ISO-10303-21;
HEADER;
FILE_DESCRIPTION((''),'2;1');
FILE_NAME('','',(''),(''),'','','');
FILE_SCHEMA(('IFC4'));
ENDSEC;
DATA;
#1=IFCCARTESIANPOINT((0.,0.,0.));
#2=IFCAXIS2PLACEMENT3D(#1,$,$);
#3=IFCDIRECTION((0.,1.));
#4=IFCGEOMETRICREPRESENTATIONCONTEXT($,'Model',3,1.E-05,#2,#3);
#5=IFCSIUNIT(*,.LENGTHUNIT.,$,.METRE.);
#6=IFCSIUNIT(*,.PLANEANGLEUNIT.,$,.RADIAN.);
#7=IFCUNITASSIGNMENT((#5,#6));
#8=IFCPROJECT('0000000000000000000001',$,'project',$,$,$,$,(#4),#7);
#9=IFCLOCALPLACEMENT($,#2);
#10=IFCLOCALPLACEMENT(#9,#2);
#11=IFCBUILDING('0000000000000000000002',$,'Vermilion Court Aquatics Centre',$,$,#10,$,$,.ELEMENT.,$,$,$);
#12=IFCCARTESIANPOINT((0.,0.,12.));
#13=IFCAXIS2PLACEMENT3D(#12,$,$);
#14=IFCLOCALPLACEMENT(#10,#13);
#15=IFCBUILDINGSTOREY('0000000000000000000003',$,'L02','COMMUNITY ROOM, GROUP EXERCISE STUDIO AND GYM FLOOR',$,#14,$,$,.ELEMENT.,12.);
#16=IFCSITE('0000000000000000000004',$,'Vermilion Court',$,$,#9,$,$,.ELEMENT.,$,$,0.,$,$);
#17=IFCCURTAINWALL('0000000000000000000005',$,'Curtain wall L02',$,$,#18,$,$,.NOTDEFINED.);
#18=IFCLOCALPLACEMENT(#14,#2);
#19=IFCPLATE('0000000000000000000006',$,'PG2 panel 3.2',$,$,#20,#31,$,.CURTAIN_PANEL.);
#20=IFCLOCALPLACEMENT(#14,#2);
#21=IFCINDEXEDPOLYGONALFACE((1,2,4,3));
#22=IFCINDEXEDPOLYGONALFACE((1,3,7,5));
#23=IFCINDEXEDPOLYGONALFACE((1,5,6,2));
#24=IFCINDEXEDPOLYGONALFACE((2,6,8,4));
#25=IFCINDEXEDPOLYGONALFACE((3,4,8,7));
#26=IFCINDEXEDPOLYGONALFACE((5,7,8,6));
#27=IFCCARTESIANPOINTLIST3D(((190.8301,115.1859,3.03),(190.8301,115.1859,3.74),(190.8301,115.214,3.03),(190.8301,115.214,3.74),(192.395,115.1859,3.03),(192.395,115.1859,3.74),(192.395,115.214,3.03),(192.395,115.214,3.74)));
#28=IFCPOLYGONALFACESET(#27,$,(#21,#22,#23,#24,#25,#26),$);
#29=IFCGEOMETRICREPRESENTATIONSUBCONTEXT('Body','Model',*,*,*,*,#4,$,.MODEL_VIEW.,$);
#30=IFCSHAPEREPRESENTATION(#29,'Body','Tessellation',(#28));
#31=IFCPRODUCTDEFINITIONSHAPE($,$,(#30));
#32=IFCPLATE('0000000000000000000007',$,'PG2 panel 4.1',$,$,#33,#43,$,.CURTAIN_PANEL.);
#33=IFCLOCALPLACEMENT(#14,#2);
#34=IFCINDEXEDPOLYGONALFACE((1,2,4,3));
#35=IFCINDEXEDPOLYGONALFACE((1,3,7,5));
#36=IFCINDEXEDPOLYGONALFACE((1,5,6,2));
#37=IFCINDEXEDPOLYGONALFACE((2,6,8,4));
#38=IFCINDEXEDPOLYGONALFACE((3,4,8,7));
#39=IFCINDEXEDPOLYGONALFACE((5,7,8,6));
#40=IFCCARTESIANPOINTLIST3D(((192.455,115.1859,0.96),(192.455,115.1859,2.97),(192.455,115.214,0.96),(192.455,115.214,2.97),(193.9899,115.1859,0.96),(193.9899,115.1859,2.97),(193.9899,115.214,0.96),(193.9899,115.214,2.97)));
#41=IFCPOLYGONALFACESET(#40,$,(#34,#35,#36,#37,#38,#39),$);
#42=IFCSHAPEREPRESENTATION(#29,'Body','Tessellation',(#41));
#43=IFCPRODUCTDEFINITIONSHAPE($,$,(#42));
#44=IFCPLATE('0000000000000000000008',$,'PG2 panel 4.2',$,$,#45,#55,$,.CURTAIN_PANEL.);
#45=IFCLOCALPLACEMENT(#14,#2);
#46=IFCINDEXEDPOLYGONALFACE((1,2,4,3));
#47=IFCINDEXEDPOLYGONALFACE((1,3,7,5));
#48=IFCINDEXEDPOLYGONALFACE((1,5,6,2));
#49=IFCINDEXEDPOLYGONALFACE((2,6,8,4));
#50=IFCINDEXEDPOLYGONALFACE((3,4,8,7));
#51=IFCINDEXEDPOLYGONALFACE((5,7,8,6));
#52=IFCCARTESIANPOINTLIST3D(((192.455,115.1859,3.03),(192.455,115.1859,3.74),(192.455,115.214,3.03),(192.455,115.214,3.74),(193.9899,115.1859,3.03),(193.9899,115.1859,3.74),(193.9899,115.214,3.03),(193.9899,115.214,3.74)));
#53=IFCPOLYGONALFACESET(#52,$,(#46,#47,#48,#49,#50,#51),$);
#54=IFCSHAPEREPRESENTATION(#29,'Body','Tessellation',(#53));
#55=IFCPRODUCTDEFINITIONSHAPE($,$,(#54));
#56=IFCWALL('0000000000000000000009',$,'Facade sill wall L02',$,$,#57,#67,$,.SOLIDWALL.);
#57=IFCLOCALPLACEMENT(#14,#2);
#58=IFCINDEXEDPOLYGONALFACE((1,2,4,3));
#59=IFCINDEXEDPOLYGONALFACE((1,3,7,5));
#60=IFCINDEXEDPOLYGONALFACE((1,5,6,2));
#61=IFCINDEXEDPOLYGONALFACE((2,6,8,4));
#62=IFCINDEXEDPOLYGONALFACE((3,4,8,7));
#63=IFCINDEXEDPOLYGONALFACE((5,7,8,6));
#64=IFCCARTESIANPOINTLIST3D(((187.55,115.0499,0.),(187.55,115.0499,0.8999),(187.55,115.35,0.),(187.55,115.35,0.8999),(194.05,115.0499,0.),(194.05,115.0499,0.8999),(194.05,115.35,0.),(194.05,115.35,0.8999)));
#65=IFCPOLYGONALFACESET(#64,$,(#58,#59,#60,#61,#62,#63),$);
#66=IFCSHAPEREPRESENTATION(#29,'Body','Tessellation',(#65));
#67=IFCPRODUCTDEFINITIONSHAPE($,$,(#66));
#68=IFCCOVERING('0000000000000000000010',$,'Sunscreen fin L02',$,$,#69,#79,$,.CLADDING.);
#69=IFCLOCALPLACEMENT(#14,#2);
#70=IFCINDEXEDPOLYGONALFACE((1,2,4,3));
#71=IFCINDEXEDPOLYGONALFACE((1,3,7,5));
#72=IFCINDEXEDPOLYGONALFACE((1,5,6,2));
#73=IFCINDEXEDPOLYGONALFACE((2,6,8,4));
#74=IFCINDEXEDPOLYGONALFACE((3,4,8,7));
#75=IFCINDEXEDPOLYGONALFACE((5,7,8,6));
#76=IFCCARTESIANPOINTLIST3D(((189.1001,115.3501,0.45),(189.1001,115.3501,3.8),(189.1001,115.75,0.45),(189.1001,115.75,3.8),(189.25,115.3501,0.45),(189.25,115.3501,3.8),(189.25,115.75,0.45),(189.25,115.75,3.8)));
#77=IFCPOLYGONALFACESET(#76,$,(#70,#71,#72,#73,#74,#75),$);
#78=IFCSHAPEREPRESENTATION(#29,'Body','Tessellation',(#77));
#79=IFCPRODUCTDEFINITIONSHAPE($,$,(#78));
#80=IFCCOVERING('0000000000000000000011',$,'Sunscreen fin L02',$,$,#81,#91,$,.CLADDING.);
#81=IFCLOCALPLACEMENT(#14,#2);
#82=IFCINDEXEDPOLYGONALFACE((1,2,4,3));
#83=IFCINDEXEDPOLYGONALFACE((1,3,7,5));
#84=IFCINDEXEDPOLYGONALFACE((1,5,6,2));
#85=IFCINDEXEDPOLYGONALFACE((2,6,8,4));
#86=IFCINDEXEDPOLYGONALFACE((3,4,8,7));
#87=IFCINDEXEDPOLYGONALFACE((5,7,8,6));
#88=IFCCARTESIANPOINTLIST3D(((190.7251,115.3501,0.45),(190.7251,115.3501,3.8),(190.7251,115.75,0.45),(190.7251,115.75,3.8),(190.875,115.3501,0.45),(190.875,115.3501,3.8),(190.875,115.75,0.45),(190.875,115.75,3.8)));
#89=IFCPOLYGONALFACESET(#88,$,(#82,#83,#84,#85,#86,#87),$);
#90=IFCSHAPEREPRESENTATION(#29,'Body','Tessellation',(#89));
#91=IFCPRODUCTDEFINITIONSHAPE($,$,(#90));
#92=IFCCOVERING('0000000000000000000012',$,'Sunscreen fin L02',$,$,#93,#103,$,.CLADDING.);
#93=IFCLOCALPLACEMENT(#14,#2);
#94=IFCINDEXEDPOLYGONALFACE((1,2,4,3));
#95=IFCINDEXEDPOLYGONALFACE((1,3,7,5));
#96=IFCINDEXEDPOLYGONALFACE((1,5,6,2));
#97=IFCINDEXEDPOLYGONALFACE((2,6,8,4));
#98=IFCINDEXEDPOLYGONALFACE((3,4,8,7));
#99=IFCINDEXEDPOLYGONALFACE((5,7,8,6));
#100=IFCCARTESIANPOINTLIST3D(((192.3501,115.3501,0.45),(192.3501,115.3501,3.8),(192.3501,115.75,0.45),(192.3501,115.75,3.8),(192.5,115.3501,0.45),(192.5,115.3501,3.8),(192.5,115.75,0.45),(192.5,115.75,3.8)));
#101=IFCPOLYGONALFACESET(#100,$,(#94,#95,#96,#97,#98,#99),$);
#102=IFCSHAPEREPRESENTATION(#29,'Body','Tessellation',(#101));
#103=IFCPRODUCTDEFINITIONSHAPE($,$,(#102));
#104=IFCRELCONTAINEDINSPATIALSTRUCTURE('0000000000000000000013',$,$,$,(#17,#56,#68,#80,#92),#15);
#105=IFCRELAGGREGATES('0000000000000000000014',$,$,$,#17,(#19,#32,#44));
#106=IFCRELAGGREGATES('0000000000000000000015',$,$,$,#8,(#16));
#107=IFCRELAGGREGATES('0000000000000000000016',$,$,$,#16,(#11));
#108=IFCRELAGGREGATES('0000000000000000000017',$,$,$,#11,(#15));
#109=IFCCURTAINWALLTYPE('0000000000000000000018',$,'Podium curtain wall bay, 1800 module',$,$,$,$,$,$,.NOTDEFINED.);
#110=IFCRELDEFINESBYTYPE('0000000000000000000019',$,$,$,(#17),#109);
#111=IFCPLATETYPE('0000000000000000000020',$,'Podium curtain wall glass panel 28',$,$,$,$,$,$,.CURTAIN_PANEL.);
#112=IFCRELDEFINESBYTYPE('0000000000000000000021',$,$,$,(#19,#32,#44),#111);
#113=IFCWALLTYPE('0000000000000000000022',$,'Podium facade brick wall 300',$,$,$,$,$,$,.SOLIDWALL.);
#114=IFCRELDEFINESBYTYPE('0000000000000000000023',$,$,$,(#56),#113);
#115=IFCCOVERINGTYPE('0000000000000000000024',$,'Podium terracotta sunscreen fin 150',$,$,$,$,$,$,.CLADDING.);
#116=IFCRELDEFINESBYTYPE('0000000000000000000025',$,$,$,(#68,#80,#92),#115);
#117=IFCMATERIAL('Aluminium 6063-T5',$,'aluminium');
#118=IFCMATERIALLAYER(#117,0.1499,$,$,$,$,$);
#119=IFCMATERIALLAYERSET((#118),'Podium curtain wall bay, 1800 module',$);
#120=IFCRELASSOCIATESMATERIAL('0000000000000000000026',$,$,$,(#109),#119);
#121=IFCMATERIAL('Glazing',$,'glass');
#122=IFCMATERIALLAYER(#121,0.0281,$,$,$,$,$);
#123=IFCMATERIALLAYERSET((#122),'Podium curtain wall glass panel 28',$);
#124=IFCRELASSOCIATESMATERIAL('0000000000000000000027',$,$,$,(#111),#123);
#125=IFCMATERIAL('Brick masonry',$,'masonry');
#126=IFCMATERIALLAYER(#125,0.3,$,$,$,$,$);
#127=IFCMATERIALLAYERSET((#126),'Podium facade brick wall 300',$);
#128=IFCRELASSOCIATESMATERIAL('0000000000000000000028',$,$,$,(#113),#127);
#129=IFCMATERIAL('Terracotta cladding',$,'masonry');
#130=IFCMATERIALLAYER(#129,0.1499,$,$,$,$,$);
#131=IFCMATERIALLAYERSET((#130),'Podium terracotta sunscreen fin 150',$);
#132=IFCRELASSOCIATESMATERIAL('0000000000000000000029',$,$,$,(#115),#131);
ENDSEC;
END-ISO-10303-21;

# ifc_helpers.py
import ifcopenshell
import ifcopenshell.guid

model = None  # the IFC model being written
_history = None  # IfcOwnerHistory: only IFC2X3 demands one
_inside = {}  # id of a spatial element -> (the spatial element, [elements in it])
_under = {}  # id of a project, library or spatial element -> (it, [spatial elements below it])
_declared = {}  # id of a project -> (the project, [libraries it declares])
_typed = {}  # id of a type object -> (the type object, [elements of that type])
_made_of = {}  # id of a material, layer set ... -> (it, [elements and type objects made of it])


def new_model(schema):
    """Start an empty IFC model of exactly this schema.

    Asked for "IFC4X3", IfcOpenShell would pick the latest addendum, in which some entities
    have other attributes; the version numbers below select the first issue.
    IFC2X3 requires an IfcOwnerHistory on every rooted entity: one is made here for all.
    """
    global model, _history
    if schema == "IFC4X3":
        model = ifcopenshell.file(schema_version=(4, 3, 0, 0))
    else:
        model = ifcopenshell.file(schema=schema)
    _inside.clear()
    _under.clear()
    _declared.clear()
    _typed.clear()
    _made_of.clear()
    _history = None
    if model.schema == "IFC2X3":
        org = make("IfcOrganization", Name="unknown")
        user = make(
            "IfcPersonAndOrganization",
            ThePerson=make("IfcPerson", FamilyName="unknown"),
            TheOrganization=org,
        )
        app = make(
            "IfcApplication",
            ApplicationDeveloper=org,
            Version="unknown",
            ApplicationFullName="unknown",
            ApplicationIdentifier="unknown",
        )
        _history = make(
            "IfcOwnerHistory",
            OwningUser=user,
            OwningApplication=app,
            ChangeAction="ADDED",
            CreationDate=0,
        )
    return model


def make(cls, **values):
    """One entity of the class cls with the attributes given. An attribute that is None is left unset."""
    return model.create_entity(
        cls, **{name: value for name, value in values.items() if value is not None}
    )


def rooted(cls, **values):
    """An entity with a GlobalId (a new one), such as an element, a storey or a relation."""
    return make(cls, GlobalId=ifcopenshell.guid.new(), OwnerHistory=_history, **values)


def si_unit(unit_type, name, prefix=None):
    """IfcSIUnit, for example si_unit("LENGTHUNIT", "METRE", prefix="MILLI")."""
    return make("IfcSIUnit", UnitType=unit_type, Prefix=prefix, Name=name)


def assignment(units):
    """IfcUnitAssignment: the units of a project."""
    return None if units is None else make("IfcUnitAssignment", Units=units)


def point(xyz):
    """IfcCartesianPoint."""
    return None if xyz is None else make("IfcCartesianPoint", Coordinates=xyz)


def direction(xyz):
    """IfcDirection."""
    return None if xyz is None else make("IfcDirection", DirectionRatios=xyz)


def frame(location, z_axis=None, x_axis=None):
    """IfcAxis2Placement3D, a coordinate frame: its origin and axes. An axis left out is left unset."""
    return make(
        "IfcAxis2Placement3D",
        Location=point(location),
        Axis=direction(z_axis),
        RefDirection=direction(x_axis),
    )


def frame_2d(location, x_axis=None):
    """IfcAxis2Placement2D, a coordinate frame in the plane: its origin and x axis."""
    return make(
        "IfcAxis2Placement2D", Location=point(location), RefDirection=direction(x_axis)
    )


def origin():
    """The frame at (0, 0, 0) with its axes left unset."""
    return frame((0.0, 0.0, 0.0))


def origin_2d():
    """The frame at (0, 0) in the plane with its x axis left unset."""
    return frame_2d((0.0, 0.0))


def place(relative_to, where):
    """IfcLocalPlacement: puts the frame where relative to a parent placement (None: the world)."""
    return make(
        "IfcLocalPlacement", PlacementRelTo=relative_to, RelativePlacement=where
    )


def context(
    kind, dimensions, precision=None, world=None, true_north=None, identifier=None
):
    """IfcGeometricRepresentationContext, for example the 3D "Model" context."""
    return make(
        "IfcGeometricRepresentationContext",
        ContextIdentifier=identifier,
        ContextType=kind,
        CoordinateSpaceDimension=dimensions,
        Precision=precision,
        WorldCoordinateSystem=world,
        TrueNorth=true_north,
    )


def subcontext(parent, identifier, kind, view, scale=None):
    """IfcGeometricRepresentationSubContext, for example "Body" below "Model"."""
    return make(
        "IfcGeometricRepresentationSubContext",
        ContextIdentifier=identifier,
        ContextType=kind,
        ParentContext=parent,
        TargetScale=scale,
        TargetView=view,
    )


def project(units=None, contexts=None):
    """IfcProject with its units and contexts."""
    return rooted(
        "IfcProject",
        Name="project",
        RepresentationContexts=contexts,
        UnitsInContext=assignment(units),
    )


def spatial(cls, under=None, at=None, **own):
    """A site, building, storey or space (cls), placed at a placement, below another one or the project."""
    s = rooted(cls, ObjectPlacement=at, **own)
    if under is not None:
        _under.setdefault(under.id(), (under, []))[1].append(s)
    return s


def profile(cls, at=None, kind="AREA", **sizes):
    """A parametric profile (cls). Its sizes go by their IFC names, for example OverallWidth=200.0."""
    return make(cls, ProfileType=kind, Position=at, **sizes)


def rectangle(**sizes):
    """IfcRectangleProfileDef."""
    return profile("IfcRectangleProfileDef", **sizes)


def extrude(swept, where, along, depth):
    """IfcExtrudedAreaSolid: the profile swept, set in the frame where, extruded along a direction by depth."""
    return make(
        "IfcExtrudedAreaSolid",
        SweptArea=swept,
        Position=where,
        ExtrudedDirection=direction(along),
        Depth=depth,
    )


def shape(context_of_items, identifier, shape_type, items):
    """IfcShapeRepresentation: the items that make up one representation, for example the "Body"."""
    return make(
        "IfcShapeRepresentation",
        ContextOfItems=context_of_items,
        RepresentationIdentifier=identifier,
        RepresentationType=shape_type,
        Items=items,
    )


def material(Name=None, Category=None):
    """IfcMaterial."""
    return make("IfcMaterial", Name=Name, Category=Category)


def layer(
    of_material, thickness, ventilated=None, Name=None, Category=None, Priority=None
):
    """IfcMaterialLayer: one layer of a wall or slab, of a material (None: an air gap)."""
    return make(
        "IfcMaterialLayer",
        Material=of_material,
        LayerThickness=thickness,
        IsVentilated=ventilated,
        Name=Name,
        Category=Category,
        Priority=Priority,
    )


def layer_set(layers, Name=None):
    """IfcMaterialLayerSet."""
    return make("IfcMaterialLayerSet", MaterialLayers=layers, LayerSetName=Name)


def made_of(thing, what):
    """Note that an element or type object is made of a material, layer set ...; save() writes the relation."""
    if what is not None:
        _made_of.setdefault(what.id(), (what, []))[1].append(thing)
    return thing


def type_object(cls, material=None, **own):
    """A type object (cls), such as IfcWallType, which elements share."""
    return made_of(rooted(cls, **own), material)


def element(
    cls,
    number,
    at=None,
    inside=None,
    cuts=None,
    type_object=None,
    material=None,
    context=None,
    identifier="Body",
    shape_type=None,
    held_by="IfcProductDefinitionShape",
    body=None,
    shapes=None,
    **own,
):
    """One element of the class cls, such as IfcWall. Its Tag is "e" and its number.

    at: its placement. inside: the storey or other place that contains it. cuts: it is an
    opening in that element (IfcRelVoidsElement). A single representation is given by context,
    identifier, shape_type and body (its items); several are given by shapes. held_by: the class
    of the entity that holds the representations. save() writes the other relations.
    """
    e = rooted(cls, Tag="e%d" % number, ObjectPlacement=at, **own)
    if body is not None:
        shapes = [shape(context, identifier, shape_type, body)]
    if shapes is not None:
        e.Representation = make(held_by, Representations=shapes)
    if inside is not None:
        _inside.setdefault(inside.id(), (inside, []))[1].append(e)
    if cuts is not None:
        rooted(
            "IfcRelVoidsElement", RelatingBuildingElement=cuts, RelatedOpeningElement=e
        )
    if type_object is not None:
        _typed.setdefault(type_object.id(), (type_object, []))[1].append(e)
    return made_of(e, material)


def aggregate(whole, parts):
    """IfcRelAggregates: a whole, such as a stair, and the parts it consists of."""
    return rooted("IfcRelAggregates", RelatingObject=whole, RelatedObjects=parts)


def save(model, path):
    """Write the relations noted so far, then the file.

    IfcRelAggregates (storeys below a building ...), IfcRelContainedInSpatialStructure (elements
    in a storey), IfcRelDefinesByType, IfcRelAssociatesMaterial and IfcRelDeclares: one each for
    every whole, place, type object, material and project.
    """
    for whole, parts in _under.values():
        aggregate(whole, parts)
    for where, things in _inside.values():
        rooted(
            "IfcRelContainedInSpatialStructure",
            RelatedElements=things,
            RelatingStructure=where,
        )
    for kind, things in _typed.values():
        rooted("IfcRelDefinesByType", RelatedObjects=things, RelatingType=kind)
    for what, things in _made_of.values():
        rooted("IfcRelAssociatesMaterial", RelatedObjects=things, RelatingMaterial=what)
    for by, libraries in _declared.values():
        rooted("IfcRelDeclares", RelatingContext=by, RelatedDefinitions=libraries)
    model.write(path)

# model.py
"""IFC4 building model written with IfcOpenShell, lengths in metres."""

from ifc_helpers import new_model, si_unit, direction, frame, frame_2d, origin, origin_2d, place, context, subcontext, project, spatial, rectangle, extrude, material, layer, layer_set, type_object, element, aggregate, save


model = new_model("IFC4")

# Units and contexts
model_context = context("Model", 3, precision=1e-05, world=origin(), true_north=direction((0.0, 1.0)))
body_context = subcontext(model_context, "Body", "Model", "MODEL_VIEW")
ifc_project = project(units=[si_unit("LENGTHUNIT", "METRE"), si_unit("PLANEANGLEUNIT", "RADIAN")], contexts=[model_context])

# Site, building, storey
site_placement = place(None, origin())
site = spatial("IfcSite", under=ifc_project, at=site_placement, Name="Vermilion Court", CompositionType="ELEMENT", RefElevation=0.0)
building_placement = place(site_placement, origin())
building = spatial("IfcBuilding", under=site, at=building_placement, Name="Vermilion Court Aquatics Centre", CompositionType="ELEMENT")
storey_placement = place(building_placement, frame((0.0, 0.0, 12.0)))
storey = spatial("IfcBuildingStorey", under=building, at=storey_placement, Name="L02", Description="COMMUNITY ROOM, GROUP EXERCISE STUDIO AND GYM FLOOR", CompositionType="ELEMENT", Elevation=12.0)

# Shared definitions
ifc_material_1 = material(Name="Aluminium 6063-T5", Category="aluminium")
ifc_layer_1 = layer(ifc_material_1, 0.1499)
ifc_layer_set_1 = layer_set([ifc_layer_1], Name="Podium curtain wall bay, 1800 module")
curtain_wall_type = type_object("IfcCurtainWallType", Name="Podium curtain wall bay, 1800 module", PredefinedType="NOTDEFINED", material=ifc_layer_set_1)

# Curtain wall
curtain_wall_1_placement = place(storey_placement, origin())
curtain_wall_1 = element("IfcCurtainWall", 1, at=curtain_wall_1_placement, inside=storey, type_object=curtain_wall_type, Name="Curtain wall L02", PredefinedType="NOTDEFINED")

# Plates
ifc_material_2 = material(Name="Glazing", Category="glass")
ifc_layer_2 = layer(ifc_material_2, 0.0281)
ifc_layer_set_2 = layer_set([ifc_layer_2], Name="Podium curtain wall glass panel 28")
plate_type = type_object("IfcPlateType", Name="Podium curtain wall glass panel 28", PredefinedType="CURTAIN_PANEL", material=ifc_layer_set_2)
plate_1_placement = place(storey_placement, frame((191.6125, 115.2, 3.03), z_axis=(0.0, 0.0, 1.0), x_axis=(1.0, 0.0, 0.0)))
plate_1 = element("IfcPlate", 2, at=plate_1_placement, type_object=plate_type, Name="PG2 panel 3.2", PredefinedType="CURTAIN_PANEL", context=body_context, shape_type="SweptSolid", body=[
    extrude(rectangle(XDim=1.5649, YDim=0.0281, at=origin_2d()), origin(), (0.0, 0.0, 1.0), 0.71),
])
plate_2_placement = place(storey_placement, frame((193.2224, 115.2, 0.96), z_axis=(0.0, 0.0, 1.0), x_axis=(1.0, 0.0, 0.0)))
plate_2 = element("IfcPlate", 3, at=plate_2_placement, type_object=plate_type, Name="PG2 panel 4.1", PredefinedType="CURTAIN_PANEL", context=body_context, shape_type="SweptSolid", body=[
    extrude(rectangle(XDim=1.5349, YDim=0.0281, at=origin_2d()), origin(), (0.0, 0.0, 1.0), 2.01),
])
plate_3_placement = place(storey_placement, frame((193.2224, 115.2, 3.03), z_axis=(0.0, 0.0, 1.0), x_axis=(1.0, 0.0, 0.0)))
plate_3 = element("IfcPlate", 4, at=plate_3_placement, type_object=plate_type, Name="PG2 panel 4.2", PredefinedType="CURTAIN_PANEL", context=body_context, shape_type="SweptSolid", body=[
    extrude(rectangle(XDim=1.5349, YDim=0.0281, at=origin_2d()), origin(), (0.0, 0.0, 1.0), 0.71),
])
aggregate(curtain_wall_1, [plate_1, plate_2, plate_3])

# Wall
ifc_material_3 = material(Name="Brick masonry", Category="masonry")
ifc_layer_3 = layer(ifc_material_3, 0.3)
ifc_layer_set_3 = layer_set([ifc_layer_3], Name="Podium facade brick wall 300")
wall_type = type_object("IfcWallType", Name="Podium facade brick wall 300", PredefinedType="SOLIDWALL", material=ifc_layer_set_3)
wall_placement = place(storey_placement, frame((187.55, 115.2, 0.0), z_axis=(0.0, 0.0, 1.0), x_axis=(1.0, 0.0, 0.0)))
element("IfcWall", 5, at=wall_placement, inside=storey, type_object=wall_type, Name="Facade sill wall L02", PredefinedType="SOLIDWALL", context=body_context, shape_type="SweptSolid", body=[
    extrude(rectangle(XDim=6.5, YDim=0.3, at=frame_2d((3.25, 0.0))), origin(), (0.0, 0.0, 1.0), 0.8999),
])

# Coverings
ifc_material_4 = material(Name="Terracotta cladding", Category="masonry")
ifc_layer_4 = layer(ifc_material_4, 0.1499)
ifc_layer_set_4 = layer_set([ifc_layer_4], Name="Podium terracotta sunscreen fin 150")
covering_type = type_object("IfcCoveringType", Name="Podium terracotta sunscreen fin 150", PredefinedType="CLADDING", material=ifc_layer_set_4)
for number, where, z_axis, x_axis, name in (
    (6, (189.175, 115.3501, 0.45), (0.0, 0.0, 1.0), (0.0, 1.0, 0.0), "Sunscreen fin L02"),
    (7, (190.8, 115.3501, 0.45), (0.0, 0.0, 1.0), (0.0, 1.0, 0.0), "Sunscreen fin L02"),
    (8, (192.425, 115.3501, 0.45), (0.0, 0.0, 1.0), (0.0, 1.0, 0.0), "Sunscreen fin L02"),
):
    element("IfcCovering", number, at=place(storey_placement, frame(where, z_axis=z_axis, x_axis=x_axis)), inside=storey, type_object=covering_type, Name=name, PredefinedType="CLADDING", context=body_context, shape_type="SweptSolid", body=[
        extrude(rectangle(XDim=0.3999, YDim=0.1499, at=frame_2d((0.2, 0.0))), origin(), (0.0, 0.0, 1.0), 3.3501),
    ])

save(model, "model.ifc")
